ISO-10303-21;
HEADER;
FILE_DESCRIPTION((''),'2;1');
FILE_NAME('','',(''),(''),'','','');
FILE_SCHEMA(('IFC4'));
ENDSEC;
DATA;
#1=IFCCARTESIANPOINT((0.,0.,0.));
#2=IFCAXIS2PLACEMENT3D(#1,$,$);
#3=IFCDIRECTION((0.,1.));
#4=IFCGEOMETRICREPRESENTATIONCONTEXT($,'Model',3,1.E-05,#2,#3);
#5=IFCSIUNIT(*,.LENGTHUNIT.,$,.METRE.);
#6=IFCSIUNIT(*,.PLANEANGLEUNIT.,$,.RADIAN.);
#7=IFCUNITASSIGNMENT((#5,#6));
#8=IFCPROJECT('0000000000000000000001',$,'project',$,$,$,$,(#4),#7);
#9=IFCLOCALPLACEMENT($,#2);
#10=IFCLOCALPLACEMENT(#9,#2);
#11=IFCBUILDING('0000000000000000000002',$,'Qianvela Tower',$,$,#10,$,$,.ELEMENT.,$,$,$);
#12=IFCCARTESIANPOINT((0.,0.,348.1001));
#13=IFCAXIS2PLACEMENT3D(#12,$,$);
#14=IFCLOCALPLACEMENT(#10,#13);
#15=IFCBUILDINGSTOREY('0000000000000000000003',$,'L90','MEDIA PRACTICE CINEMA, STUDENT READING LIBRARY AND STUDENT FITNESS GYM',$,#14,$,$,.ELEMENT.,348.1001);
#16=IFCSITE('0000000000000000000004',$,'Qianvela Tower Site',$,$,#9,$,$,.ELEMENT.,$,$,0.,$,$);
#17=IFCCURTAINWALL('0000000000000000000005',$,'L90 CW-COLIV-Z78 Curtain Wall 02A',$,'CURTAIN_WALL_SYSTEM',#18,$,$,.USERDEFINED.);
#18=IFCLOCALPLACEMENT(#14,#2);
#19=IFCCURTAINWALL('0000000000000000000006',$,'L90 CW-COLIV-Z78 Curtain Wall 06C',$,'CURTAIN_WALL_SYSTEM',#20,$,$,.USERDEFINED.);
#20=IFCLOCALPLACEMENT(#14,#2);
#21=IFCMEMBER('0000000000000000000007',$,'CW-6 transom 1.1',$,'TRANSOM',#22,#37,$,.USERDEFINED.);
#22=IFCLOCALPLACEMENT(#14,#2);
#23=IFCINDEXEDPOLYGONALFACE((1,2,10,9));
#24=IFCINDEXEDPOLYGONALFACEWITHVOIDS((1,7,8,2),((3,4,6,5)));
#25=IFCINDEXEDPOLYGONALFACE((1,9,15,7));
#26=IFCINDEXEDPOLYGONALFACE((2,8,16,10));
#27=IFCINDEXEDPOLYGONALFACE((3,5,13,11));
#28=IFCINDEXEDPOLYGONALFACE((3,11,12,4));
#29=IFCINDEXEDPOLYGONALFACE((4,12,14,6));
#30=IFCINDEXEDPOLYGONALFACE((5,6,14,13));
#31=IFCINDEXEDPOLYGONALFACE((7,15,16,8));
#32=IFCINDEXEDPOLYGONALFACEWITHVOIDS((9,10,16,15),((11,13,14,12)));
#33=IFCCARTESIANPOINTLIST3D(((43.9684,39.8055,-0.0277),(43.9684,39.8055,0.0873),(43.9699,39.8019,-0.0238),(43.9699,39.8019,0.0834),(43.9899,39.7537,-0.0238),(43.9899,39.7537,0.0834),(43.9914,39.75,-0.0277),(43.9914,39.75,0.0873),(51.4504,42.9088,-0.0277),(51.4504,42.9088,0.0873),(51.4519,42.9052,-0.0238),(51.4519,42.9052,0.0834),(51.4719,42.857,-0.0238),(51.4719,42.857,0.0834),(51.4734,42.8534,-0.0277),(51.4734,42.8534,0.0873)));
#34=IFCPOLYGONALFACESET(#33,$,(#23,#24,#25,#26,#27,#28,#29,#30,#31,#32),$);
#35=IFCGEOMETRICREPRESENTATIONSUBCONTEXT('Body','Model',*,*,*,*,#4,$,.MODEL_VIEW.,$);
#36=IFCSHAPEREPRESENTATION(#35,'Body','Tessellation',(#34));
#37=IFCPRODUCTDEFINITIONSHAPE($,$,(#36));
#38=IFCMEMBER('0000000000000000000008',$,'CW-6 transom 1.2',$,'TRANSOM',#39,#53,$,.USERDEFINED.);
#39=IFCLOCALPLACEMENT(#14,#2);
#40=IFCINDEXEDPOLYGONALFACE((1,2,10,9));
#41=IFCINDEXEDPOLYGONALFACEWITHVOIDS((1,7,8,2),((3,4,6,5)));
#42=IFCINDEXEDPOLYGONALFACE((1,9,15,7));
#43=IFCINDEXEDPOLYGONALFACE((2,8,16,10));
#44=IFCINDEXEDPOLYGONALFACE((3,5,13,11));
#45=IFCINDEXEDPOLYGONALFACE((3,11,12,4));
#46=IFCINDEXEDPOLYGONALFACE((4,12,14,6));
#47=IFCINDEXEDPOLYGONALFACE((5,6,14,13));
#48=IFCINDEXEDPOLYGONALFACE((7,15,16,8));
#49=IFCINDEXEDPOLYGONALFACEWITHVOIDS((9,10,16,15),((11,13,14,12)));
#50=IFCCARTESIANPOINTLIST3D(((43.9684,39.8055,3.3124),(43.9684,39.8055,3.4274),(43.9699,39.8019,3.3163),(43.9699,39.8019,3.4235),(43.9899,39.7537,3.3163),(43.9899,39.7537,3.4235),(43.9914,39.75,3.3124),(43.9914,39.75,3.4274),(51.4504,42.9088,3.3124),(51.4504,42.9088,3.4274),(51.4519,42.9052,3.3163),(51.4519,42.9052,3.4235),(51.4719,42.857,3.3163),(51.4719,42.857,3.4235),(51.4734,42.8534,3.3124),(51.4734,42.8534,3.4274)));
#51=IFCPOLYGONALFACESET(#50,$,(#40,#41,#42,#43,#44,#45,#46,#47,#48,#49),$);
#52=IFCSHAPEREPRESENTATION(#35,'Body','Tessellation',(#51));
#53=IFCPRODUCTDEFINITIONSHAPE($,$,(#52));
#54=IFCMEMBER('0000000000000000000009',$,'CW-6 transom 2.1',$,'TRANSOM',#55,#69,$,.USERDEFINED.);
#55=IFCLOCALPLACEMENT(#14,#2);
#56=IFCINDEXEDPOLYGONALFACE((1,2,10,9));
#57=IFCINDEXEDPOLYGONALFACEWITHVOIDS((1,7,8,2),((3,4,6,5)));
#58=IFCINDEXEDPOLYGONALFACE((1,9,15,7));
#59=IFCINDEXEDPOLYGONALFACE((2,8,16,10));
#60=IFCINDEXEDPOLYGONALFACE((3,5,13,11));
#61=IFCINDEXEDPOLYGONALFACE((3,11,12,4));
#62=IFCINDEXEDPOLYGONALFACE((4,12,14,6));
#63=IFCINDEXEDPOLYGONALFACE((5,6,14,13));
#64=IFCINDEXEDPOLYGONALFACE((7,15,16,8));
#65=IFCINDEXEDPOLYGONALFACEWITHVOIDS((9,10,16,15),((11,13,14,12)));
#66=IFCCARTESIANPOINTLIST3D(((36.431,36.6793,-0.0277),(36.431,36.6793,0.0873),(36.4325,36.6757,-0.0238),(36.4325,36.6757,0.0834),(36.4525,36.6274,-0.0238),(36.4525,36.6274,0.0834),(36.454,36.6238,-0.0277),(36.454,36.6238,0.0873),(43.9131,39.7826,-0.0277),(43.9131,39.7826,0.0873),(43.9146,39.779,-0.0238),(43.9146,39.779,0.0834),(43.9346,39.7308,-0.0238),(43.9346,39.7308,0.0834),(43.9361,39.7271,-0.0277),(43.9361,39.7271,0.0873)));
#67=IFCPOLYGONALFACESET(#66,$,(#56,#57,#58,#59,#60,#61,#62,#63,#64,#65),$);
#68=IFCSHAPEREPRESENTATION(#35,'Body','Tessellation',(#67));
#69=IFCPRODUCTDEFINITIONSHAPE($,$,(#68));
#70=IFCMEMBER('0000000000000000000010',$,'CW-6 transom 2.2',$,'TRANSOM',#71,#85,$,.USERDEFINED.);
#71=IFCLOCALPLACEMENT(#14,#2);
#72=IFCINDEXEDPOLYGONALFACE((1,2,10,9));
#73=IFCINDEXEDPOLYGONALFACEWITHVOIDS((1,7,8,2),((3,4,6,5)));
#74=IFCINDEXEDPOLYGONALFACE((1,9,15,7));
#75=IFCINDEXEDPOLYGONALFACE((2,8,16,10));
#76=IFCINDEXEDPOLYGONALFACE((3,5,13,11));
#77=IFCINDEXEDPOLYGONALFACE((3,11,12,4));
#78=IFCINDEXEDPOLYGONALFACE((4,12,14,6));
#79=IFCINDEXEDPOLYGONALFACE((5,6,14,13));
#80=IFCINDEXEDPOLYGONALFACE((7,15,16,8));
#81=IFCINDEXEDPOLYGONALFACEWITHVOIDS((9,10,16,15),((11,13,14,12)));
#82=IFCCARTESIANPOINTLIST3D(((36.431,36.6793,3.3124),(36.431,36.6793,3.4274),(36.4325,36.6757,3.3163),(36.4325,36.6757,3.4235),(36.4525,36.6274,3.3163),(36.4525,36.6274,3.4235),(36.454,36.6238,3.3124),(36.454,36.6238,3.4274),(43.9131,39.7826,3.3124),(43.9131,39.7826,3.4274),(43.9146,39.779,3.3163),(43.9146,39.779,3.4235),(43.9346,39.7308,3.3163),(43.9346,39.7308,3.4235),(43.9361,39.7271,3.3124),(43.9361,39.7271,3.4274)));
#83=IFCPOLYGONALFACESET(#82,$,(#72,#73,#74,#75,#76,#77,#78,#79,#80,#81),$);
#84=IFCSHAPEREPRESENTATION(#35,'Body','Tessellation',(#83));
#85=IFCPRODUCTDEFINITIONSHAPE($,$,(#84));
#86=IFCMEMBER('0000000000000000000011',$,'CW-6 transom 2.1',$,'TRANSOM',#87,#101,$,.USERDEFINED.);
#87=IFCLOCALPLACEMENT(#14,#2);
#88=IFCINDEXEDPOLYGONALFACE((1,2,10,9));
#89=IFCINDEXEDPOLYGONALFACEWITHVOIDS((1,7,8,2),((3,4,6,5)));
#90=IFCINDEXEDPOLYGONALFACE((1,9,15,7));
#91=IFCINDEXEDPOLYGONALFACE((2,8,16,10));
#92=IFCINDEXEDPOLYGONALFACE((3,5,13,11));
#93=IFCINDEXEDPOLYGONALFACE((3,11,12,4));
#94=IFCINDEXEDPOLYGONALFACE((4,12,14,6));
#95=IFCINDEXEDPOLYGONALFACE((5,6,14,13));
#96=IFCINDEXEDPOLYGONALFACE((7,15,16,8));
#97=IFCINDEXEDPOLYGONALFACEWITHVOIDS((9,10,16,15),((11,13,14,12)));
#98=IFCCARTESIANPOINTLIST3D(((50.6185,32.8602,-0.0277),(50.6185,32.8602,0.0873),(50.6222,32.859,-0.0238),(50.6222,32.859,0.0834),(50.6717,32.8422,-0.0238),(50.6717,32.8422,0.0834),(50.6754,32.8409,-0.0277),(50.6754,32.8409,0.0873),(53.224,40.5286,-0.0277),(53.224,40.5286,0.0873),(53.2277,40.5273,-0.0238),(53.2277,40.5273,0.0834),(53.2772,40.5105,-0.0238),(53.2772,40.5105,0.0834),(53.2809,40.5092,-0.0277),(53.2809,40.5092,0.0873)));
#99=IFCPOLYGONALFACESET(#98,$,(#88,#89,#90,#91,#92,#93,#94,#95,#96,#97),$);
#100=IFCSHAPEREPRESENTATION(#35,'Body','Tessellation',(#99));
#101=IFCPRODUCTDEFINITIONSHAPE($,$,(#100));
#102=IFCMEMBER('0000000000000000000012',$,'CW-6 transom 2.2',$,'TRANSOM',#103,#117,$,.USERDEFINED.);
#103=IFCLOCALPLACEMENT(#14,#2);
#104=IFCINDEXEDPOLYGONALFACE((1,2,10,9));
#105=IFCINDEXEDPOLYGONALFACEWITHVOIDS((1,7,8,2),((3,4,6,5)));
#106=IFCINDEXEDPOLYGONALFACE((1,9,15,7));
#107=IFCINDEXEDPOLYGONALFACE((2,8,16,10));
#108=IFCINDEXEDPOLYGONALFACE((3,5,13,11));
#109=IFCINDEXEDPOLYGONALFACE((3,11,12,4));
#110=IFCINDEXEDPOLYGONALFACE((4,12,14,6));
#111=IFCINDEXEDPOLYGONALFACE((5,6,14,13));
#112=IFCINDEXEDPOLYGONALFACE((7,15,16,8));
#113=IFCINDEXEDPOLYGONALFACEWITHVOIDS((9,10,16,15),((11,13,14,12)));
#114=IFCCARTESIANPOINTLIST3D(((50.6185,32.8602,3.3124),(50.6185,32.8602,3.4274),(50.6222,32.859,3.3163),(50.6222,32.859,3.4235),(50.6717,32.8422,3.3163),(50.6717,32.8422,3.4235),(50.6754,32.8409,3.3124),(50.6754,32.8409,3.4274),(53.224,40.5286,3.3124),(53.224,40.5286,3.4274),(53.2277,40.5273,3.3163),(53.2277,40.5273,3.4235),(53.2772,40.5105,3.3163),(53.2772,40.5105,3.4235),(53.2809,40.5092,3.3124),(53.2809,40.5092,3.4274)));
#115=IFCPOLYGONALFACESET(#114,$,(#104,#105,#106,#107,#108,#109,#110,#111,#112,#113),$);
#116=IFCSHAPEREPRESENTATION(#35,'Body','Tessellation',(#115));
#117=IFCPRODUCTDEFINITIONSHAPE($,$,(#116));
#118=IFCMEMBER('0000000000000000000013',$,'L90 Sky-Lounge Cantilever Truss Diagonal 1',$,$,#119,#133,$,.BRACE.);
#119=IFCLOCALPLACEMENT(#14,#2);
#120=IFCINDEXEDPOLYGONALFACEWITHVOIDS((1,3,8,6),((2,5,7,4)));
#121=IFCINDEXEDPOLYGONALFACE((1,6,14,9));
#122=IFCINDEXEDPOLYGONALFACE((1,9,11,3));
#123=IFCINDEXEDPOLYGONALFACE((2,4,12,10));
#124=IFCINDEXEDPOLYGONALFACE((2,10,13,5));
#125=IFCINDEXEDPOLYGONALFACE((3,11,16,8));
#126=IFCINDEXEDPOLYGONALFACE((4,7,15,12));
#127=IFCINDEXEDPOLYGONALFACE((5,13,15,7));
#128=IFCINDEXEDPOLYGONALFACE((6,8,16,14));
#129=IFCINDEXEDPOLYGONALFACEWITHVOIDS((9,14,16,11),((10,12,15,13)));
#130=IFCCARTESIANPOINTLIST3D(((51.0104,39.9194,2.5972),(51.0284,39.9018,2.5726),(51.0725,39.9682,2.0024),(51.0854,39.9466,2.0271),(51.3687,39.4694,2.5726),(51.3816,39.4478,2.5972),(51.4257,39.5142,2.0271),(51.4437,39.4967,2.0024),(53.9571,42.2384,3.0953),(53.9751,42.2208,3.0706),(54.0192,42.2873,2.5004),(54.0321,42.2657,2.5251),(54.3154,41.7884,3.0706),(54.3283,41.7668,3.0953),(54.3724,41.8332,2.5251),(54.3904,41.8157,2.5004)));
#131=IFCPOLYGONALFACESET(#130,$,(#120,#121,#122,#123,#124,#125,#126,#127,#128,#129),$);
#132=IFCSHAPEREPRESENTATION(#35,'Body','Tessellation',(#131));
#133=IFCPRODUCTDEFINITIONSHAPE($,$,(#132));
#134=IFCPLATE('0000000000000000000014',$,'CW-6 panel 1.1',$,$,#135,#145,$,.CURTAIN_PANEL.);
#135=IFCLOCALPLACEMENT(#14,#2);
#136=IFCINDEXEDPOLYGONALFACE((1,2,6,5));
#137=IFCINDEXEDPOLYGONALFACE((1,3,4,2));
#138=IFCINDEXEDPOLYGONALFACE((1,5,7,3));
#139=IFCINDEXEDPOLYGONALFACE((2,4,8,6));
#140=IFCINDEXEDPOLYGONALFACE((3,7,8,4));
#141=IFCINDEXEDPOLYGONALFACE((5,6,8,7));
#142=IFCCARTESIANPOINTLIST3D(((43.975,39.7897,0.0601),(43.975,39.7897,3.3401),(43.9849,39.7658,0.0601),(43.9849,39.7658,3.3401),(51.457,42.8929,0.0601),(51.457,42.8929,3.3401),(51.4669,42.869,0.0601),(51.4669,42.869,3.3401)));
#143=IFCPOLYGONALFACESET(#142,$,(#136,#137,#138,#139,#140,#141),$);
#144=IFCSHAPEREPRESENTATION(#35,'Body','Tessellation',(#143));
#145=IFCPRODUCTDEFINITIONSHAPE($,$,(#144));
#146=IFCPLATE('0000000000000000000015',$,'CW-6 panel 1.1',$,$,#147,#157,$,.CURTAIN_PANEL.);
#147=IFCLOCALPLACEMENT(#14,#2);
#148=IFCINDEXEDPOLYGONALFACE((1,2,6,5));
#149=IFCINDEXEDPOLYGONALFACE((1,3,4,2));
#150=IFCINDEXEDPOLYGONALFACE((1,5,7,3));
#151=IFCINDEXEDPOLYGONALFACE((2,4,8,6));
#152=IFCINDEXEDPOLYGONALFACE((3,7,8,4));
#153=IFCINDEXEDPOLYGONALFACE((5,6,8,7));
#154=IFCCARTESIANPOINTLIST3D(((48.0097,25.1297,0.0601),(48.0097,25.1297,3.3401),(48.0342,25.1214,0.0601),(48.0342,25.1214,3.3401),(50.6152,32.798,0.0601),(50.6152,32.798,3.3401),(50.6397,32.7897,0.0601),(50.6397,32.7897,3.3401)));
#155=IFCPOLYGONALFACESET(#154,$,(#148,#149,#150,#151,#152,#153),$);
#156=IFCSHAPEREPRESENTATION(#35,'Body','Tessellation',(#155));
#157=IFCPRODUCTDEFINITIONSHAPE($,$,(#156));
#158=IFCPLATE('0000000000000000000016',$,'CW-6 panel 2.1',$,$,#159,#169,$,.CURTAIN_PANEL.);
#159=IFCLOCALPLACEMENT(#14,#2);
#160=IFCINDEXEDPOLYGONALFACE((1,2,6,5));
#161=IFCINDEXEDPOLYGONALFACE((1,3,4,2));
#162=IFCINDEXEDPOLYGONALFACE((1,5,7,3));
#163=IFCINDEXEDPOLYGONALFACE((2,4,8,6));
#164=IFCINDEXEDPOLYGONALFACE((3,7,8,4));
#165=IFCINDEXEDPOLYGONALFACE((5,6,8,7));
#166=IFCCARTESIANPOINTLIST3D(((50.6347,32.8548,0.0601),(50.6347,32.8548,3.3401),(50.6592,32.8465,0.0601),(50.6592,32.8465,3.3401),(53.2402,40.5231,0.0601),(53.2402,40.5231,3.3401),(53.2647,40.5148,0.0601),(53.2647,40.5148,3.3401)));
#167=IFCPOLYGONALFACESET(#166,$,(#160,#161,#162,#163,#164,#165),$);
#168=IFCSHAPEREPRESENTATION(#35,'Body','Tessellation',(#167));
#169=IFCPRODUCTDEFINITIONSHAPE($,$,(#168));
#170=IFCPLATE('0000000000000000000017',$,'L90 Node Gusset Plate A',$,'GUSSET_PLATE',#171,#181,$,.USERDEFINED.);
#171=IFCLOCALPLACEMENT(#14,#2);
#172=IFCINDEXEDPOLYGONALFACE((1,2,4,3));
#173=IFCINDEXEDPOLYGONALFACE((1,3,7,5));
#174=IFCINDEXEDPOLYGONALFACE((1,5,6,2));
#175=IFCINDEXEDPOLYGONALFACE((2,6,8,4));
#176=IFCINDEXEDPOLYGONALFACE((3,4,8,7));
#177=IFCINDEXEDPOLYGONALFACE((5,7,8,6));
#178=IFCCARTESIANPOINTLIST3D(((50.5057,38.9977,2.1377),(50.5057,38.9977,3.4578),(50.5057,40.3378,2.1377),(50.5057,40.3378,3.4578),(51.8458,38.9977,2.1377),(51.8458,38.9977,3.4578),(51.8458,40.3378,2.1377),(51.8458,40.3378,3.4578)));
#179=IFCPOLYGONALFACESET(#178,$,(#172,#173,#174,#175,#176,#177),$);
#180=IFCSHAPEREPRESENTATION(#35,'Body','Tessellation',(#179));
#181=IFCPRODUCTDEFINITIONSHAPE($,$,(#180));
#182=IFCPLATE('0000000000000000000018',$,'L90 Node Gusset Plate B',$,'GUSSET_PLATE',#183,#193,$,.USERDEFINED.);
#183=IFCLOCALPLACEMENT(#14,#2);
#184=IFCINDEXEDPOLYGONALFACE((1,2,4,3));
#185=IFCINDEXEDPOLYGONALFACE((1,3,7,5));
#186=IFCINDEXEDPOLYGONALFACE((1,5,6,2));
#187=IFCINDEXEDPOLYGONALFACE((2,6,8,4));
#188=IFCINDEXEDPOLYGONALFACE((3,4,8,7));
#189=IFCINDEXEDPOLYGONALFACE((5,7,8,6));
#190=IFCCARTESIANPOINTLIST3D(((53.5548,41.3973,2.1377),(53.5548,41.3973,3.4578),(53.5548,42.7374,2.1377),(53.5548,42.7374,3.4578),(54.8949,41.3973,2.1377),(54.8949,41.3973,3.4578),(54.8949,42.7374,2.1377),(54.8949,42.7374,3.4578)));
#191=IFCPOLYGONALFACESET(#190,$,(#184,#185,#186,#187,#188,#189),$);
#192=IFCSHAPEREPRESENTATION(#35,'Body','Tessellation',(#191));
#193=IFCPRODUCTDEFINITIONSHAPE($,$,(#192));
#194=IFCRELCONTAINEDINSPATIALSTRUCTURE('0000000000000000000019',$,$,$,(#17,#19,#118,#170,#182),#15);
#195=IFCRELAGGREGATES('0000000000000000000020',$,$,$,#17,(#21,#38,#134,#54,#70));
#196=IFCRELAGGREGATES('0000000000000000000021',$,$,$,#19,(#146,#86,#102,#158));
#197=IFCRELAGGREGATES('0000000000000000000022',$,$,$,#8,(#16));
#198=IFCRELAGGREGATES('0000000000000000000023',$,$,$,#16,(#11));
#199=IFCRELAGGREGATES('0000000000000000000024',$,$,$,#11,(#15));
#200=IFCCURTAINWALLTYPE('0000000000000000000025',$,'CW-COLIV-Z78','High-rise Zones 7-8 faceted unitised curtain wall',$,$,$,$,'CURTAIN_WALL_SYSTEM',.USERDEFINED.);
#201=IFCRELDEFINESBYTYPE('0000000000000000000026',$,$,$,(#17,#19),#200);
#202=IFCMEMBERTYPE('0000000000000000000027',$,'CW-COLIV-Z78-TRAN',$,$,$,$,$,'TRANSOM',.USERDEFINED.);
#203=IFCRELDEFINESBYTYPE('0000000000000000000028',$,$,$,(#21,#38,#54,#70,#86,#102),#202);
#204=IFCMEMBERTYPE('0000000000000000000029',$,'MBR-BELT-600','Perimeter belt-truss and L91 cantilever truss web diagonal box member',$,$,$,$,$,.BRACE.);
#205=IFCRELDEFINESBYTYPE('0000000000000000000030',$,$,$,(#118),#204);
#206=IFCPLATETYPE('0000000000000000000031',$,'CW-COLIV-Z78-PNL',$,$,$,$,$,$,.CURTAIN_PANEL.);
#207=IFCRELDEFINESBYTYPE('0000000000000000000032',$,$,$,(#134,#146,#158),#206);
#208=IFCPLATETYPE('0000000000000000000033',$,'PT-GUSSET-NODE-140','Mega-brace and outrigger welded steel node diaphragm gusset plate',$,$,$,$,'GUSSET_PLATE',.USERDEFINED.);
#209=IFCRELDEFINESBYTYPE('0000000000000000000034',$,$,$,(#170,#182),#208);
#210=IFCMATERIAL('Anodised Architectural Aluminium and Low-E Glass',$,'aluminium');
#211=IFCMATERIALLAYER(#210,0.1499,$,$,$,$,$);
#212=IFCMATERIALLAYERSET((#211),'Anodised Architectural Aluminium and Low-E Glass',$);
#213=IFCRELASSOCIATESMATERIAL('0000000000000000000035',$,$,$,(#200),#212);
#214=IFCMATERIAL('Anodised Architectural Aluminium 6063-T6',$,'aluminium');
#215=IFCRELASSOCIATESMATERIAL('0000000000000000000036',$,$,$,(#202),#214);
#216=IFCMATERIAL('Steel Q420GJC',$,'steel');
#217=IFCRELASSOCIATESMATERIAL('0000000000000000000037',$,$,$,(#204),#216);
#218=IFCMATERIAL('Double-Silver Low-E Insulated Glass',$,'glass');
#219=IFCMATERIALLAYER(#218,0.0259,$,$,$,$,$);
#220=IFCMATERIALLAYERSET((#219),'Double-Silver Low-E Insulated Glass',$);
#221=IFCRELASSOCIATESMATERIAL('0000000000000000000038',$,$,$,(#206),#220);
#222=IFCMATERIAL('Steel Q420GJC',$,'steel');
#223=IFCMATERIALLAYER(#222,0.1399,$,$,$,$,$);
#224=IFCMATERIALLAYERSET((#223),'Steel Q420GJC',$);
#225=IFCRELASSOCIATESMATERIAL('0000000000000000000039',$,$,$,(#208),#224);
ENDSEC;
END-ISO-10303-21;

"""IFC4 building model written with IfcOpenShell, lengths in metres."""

from ifc_helpers import new_model, si_unit, direction, frame, origin, origin_2d, place, context, subcontext, project, spatial, rectangle, hollow_rectangle, extrude, material, layer, layer_set, material_profile, profile_set, type_object, element, aggregate, save


model = new_model("IFC4")

# Units and contexts
model_context = context("Model", 3, precision=1e-05, world=origin(), true_north=direction((0.0, 1.0)))
body_context = subcontext(model_context, "Body", "Model", "MODEL_VIEW")
ifc_project = project(units=[si_unit("LENGTHUNIT", "METRE"), si_unit("PLANEANGLEUNIT", "RADIAN")], contexts=[model_context])

# Site, building, storey
site_placement = place(None, origin())
site = spatial("IfcSite", under=ifc_project, at=site_placement, Name="Qianvela Tower Site", CompositionType="ELEMENT", RefElevation=0.0)
building_placement = place(site_placement, origin())
building = spatial("IfcBuilding", under=site, at=building_placement, Name="Qianvela Tower", CompositionType="ELEMENT")
storey_placement = place(building_placement, frame((0.0, 0.0, 348.1001)))
storey = spatial("IfcBuildingStorey", under=building, at=storey_placement, Name="L90", Description="MEDIA PRACTICE CINEMA, STUDENT READING LIBRARY AND STUDENT FITNESS GYM", CompositionType="ELEMENT", Elevation=348.1001)

# Curtain walls
ifc_material_1 = material(Name="Anodised Architectural Aluminium and Low-E Glass", Category="aluminium")
ifc_layer_1 = layer(ifc_material_1, 0.1499)
ifc_layer_set_1 = layer_set([ifc_layer_1], Name="Anodised Architectural Aluminium and Low-E Glass")
curtain_wall_type = type_object("IfcCurtainWallType", Name="CW-COLIV-Z78", Description="High-rise Zones 7-8 faceted unitised curtain wall", ElementType="CURTAIN_WALL_SYSTEM", PredefinedType="USERDEFINED", material=ifc_layer_set_1)
curtain_wall_1_placement = place(storey_placement, origin())
curtain_wall_1 = element("IfcCurtainWall", 1, at=curtain_wall_1_placement, inside=storey, type_object=curtain_wall_type, Name="L90 CW-COLIV-Z78 Curtain Wall 02A", ObjectType="CURTAIN_WALL_SYSTEM", PredefinedType="USERDEFINED")
curtain_wall_2_placement = place(storey_placement, origin())
curtain_wall_2 = element("IfcCurtainWall", 2, at=curtain_wall_2_placement, inside=storey, type_object=curtain_wall_type, Name="L90 CW-COLIV-Z78 Curtain Wall 06C", ObjectType="CURTAIN_WALL_SYSTEM", PredefinedType="USERDEFINED")

# Members
ifc_material_2 = material(Name="Anodised Architectural Aluminium 6063-T6", Category="aluminium")
ifc_material_profile_1 = material_profile(ifc_material_2, hollow_rectangle(XDim=0.0601, YDim=0.115, WallThickness=0.0039, at=origin_2d()), Name="ALU-TRAN-60x115")
ifc_profile_set_1 = profile_set([ifc_material_profile_1], Name="Anodised Architectural Aluminium 6063-T6")
member_type_1 = type_object("IfcMemberType", Name="CW-COLIV-Z78-TRAN", ElementType="TRANSOM", PredefinedType="USERDEFINED", material=ifc_profile_set_1)
member_1_placement = place(storey_placement, frame((51.4619, 42.8811, 0.0298), z_axis=(-0.923698, -0.383121, 0.0), x_axis=(0.383121, -0.923698, 0.0)))
member_1 = element("IfcMember", 3, at=member_1_placement, type_object=member_type_1, Name="CW-6 transom 1.1", ObjectType="TRANSOM", PredefinedType="USERDEFINED", context=body_context, shape_type="SweptSolid", body=[
    extrude(hollow_rectangle(XDim=0.0601, YDim=0.115, WallThickness=0.0039, at=origin_2d()), origin(), (0.0, 0.0, 1.0), 8.1001),
])
member_2_placement = place(storey_placement, frame((51.4619, 42.8811, 3.3699), z_axis=(-0.923698, -0.383121, 0.0), x_axis=(0.383121, -0.923698, 0.0)))
member_2 = element("IfcMember", 4, at=member_2_placement, type_object=member_type_1, Name="CW-6 transom 1.2", ObjectType="TRANSOM", PredefinedType="USERDEFINED", context=body_context, shape_type="SweptSolid", body=[
    extrude(hollow_rectangle(XDim=0.0601, YDim=0.115, WallThickness=0.0039, at=origin_2d()), origin(), (0.0, 0.0, 1.0), 8.1001),
])
member_3_placement = place(storey_placement, frame((43.9246, 39.7549, 0.0298), z_axis=(-0.923698, -0.383121, 0.0), x_axis=(0.383121, -0.923698, 0.0)))
member_3 = element("IfcMember", 5, at=member_3_placement, type_object=member_type_1, Name="CW-6 transom 2.1", ObjectType="TRANSOM", PredefinedType="USERDEFINED", context=body_context, shape_type="SweptSolid", body=[
    extrude(hollow_rectangle(XDim=0.0601, YDim=0.115, WallThickness=0.0039, at=origin_2d()), origin(), (0.0, 0.0, 1.0), 8.1001),
])
member_4_placement = place(storey_placement, frame((43.9246, 39.7549, 3.3699), z_axis=(-0.923698, -0.383121, 0.0), x_axis=(0.383121, -0.923698, 0.0)))
member_4 = element("IfcMember", 6, at=member_4_placement, type_object=member_type_1, Name="CW-6 transom 2.2", ObjectType="TRANSOM", PredefinedType="USERDEFINED", context=body_context, shape_type="SweptSolid", body=[
    extrude(hollow_rectangle(XDim=0.0601, YDim=0.115, WallThickness=0.0039, at=origin_2d()), origin(), (0.0, 0.0, 1.0), 8.1001),
])
member_5_placement = place(storey_placement, frame((50.647, 32.8506, 0.0298), z_axis=(0.321712, 0.946838, 0.0), x_axis=(-0.946838, 0.321712, 0.0)))
member_5 = element("IfcMember", 7, at=member_5_placement, type_object=member_type_1, Name="CW-6 transom 2.1", ObjectType="TRANSOM", PredefinedType="USERDEFINED", context=body_context, shape_type="SweptSolid", body=[
    extrude(hollow_rectangle(XDim=0.0601, YDim=0.115, WallThickness=0.0039, at=origin_2d()), origin(), (0.0, 0.0, 1.0), 8.0989),
])
member_6_placement = place(storey_placement, frame((50.647, 32.8506, 3.3699), z_axis=(0.321712, 0.946838, 0.0), x_axis=(-0.946838, 0.321712, 0.0)))
member_6 = element("IfcMember", 8, at=member_6_placement, type_object=member_type_1, Name="CW-6 transom 2.2", ObjectType="TRANSOM", PredefinedType="USERDEFINED", context=body_context, shape_type="SweptSolid", body=[
    extrude(hollow_rectangle(XDim=0.0601, YDim=0.115, WallThickness=0.0039, at=origin_2d()), origin(), (0.0, 0.0, 1.0), 8.0989),
])
ifc_material_3 = material(Name="Steel Q420GJC", Category="steel")
ifc_material_profile_2 = material_profile(ifc_material_3, hollow_rectangle(XDim=0.6001, YDim=0.6001, WallThickness=0.0249, at=origin_2d()), Name="BBOX-600x600x25")
ifc_profile_set_2 = profile_set([ifc_material_profile_2], Name="Steel Q420GJC")
member_type_2 = type_object("IfcMemberType", Name="MBR-BELT-600", Description="Perimeter belt-truss and L91 cantilever truss web diagonal box member", PredefinedType="BRACE", material=ifc_profile_set_2)
member_7_placement = place(storey_placement, frame((51.2271, 39.708, 2.2998), z_axis=(0.778989, 0.613059, 0.13166), x_axis=(-0.618442, 0.78583, 0.0)))
element("IfcMember", 9, at=member_7_placement, inside=storey, type_object=member_type_2, Name="L90 Sky-Lounge Cantilever Truss Diagonal 1", PredefinedType="BRACE", context=body_context, shape_type="SweptSolid", body=[
    extrude(hollow_rectangle(XDim=0.6001, YDim=0.6001, WallThickness=0.0249, at=origin_2d()), origin(), (0.0, 0.0, 1.0), 3.7827),
])

# Plates
ifc_material_4 = material(Name="Double-Silver Low-E Insulated Glass", Category="glass")
ifc_layer_2 = layer(ifc_material_4, 0.0259)
ifc_layer_set_2 = layer_set([ifc_layer_2], Name="Double-Silver Low-E Insulated Glass")
plate_type_1 = type_object("IfcPlateType", Name="CW-COLIV-Z78-PNL", PredefinedType="CURTAIN_PANEL", material=ifc_layer_set_2)
plate_1_placement = place(storey_placement, frame((47.7209, 41.3293, 0.0601), z_axis=(0.0, 0.0, 1.0), x_axis=(-0.923701, -0.383114, 0.0)))
plate_1 = element("IfcPlate", 10, at=plate_1_placement, type_object=plate_type_1, Name="CW-6 panel 1.1", PredefinedType="CURTAIN_PANEL", context=body_context, shape_type="SweptSolid", body=[
    extrude(rectangle(XDim=8.1001, YDim=0.0259, at=origin_2d()), origin(), (0.0, 0.0, 1.0), 3.28),
])
aggregate(curtain_wall_1, [member_1, member_2, plate_1, member_3, member_4])
plate_2_placement = place(storey_placement, frame((49.3247, 28.9597, 0.0601), z_axis=(0.0, 0.0, 1.0), x_axis=(0.32172, 0.946835, 0.0)))
plate_2 = element("IfcPlate", 11, at=plate_2_placement, type_object=plate_type_1, Name="CW-6 panel 1.1", PredefinedType="CURTAIN_PANEL", context=body_context, shape_type="SweptSolid", body=[
    extrude(rectangle(XDim=8.0989, YDim=0.0259, at=origin_2d()), origin(), (0.0, 0.0, 1.0), 3.28),
])
plate_3_placement = place(storey_placement, frame((51.9497, 36.6848, 0.0601), z_axis=(0.0, 0.0, 1.0), x_axis=(0.32172, 0.946835, 0.0)))
plate_3 = element("IfcPlate", 12, at=plate_3_placement, type_object=plate_type_1, Name="CW-6 panel 2.1", PredefinedType="CURTAIN_PANEL", context=body_context, shape_type="SweptSolid", body=[
    extrude(rectangle(XDim=8.0989, YDim=0.0259, at=origin_2d()), origin(), (0.0, 0.0, 1.0), 3.28),
])
aggregate(curtain_wall_2, [plate_2, member_5, member_6, plate_3])

# Plates
ifc_material_5 = material(Name="Steel Q420GJC", Category="steel")
ifc_layer_3 = layer(ifc_material_5, 0.1399)
ifc_layer_set_3 = layer_set([ifc_layer_3], Name="Steel Q420GJC")
plate_type_2 = type_object("IfcPlateType", Name="PT-GUSSET-NODE-140", Description="Mega-brace and outrigger welded steel node diaphragm gusset plate", ElementType="GUSSET_PLATE", PredefinedType="USERDEFINED", material=ifc_layer_set_3)
for number, where, z_axis, x_axis, name in (
    (13, (51.1758, 39.6677, 2.1377), (0.0, 0.0, 1.0), (1.0, 0.0, 0.0), "L90 Node Gusset Plate A"),
    (14, (54.2249, 42.0674, 2.1377), (0.0, 0.0, 1.0), (1.0, 0.0, 0.0), "L90 Node Gusset Plate B"),
):
    element("IfcPlate", number, at=place(storey_placement, frame(where, z_axis=z_axis, x_axis=x_axis)), inside=storey, type_object=plate_type_2, Name=name, ObjectType="GUSSET_PLATE", PredefinedType="USERDEFINED", context=body_context, shape_type="SweptSolid", body=[
        extrude(rectangle(XDim=1.3401, YDim=1.3401, at=origin_2d()), origin(), (0.0, 0.0, 1.0), 1.3201),
    ])

save(model, "model.ifc")
